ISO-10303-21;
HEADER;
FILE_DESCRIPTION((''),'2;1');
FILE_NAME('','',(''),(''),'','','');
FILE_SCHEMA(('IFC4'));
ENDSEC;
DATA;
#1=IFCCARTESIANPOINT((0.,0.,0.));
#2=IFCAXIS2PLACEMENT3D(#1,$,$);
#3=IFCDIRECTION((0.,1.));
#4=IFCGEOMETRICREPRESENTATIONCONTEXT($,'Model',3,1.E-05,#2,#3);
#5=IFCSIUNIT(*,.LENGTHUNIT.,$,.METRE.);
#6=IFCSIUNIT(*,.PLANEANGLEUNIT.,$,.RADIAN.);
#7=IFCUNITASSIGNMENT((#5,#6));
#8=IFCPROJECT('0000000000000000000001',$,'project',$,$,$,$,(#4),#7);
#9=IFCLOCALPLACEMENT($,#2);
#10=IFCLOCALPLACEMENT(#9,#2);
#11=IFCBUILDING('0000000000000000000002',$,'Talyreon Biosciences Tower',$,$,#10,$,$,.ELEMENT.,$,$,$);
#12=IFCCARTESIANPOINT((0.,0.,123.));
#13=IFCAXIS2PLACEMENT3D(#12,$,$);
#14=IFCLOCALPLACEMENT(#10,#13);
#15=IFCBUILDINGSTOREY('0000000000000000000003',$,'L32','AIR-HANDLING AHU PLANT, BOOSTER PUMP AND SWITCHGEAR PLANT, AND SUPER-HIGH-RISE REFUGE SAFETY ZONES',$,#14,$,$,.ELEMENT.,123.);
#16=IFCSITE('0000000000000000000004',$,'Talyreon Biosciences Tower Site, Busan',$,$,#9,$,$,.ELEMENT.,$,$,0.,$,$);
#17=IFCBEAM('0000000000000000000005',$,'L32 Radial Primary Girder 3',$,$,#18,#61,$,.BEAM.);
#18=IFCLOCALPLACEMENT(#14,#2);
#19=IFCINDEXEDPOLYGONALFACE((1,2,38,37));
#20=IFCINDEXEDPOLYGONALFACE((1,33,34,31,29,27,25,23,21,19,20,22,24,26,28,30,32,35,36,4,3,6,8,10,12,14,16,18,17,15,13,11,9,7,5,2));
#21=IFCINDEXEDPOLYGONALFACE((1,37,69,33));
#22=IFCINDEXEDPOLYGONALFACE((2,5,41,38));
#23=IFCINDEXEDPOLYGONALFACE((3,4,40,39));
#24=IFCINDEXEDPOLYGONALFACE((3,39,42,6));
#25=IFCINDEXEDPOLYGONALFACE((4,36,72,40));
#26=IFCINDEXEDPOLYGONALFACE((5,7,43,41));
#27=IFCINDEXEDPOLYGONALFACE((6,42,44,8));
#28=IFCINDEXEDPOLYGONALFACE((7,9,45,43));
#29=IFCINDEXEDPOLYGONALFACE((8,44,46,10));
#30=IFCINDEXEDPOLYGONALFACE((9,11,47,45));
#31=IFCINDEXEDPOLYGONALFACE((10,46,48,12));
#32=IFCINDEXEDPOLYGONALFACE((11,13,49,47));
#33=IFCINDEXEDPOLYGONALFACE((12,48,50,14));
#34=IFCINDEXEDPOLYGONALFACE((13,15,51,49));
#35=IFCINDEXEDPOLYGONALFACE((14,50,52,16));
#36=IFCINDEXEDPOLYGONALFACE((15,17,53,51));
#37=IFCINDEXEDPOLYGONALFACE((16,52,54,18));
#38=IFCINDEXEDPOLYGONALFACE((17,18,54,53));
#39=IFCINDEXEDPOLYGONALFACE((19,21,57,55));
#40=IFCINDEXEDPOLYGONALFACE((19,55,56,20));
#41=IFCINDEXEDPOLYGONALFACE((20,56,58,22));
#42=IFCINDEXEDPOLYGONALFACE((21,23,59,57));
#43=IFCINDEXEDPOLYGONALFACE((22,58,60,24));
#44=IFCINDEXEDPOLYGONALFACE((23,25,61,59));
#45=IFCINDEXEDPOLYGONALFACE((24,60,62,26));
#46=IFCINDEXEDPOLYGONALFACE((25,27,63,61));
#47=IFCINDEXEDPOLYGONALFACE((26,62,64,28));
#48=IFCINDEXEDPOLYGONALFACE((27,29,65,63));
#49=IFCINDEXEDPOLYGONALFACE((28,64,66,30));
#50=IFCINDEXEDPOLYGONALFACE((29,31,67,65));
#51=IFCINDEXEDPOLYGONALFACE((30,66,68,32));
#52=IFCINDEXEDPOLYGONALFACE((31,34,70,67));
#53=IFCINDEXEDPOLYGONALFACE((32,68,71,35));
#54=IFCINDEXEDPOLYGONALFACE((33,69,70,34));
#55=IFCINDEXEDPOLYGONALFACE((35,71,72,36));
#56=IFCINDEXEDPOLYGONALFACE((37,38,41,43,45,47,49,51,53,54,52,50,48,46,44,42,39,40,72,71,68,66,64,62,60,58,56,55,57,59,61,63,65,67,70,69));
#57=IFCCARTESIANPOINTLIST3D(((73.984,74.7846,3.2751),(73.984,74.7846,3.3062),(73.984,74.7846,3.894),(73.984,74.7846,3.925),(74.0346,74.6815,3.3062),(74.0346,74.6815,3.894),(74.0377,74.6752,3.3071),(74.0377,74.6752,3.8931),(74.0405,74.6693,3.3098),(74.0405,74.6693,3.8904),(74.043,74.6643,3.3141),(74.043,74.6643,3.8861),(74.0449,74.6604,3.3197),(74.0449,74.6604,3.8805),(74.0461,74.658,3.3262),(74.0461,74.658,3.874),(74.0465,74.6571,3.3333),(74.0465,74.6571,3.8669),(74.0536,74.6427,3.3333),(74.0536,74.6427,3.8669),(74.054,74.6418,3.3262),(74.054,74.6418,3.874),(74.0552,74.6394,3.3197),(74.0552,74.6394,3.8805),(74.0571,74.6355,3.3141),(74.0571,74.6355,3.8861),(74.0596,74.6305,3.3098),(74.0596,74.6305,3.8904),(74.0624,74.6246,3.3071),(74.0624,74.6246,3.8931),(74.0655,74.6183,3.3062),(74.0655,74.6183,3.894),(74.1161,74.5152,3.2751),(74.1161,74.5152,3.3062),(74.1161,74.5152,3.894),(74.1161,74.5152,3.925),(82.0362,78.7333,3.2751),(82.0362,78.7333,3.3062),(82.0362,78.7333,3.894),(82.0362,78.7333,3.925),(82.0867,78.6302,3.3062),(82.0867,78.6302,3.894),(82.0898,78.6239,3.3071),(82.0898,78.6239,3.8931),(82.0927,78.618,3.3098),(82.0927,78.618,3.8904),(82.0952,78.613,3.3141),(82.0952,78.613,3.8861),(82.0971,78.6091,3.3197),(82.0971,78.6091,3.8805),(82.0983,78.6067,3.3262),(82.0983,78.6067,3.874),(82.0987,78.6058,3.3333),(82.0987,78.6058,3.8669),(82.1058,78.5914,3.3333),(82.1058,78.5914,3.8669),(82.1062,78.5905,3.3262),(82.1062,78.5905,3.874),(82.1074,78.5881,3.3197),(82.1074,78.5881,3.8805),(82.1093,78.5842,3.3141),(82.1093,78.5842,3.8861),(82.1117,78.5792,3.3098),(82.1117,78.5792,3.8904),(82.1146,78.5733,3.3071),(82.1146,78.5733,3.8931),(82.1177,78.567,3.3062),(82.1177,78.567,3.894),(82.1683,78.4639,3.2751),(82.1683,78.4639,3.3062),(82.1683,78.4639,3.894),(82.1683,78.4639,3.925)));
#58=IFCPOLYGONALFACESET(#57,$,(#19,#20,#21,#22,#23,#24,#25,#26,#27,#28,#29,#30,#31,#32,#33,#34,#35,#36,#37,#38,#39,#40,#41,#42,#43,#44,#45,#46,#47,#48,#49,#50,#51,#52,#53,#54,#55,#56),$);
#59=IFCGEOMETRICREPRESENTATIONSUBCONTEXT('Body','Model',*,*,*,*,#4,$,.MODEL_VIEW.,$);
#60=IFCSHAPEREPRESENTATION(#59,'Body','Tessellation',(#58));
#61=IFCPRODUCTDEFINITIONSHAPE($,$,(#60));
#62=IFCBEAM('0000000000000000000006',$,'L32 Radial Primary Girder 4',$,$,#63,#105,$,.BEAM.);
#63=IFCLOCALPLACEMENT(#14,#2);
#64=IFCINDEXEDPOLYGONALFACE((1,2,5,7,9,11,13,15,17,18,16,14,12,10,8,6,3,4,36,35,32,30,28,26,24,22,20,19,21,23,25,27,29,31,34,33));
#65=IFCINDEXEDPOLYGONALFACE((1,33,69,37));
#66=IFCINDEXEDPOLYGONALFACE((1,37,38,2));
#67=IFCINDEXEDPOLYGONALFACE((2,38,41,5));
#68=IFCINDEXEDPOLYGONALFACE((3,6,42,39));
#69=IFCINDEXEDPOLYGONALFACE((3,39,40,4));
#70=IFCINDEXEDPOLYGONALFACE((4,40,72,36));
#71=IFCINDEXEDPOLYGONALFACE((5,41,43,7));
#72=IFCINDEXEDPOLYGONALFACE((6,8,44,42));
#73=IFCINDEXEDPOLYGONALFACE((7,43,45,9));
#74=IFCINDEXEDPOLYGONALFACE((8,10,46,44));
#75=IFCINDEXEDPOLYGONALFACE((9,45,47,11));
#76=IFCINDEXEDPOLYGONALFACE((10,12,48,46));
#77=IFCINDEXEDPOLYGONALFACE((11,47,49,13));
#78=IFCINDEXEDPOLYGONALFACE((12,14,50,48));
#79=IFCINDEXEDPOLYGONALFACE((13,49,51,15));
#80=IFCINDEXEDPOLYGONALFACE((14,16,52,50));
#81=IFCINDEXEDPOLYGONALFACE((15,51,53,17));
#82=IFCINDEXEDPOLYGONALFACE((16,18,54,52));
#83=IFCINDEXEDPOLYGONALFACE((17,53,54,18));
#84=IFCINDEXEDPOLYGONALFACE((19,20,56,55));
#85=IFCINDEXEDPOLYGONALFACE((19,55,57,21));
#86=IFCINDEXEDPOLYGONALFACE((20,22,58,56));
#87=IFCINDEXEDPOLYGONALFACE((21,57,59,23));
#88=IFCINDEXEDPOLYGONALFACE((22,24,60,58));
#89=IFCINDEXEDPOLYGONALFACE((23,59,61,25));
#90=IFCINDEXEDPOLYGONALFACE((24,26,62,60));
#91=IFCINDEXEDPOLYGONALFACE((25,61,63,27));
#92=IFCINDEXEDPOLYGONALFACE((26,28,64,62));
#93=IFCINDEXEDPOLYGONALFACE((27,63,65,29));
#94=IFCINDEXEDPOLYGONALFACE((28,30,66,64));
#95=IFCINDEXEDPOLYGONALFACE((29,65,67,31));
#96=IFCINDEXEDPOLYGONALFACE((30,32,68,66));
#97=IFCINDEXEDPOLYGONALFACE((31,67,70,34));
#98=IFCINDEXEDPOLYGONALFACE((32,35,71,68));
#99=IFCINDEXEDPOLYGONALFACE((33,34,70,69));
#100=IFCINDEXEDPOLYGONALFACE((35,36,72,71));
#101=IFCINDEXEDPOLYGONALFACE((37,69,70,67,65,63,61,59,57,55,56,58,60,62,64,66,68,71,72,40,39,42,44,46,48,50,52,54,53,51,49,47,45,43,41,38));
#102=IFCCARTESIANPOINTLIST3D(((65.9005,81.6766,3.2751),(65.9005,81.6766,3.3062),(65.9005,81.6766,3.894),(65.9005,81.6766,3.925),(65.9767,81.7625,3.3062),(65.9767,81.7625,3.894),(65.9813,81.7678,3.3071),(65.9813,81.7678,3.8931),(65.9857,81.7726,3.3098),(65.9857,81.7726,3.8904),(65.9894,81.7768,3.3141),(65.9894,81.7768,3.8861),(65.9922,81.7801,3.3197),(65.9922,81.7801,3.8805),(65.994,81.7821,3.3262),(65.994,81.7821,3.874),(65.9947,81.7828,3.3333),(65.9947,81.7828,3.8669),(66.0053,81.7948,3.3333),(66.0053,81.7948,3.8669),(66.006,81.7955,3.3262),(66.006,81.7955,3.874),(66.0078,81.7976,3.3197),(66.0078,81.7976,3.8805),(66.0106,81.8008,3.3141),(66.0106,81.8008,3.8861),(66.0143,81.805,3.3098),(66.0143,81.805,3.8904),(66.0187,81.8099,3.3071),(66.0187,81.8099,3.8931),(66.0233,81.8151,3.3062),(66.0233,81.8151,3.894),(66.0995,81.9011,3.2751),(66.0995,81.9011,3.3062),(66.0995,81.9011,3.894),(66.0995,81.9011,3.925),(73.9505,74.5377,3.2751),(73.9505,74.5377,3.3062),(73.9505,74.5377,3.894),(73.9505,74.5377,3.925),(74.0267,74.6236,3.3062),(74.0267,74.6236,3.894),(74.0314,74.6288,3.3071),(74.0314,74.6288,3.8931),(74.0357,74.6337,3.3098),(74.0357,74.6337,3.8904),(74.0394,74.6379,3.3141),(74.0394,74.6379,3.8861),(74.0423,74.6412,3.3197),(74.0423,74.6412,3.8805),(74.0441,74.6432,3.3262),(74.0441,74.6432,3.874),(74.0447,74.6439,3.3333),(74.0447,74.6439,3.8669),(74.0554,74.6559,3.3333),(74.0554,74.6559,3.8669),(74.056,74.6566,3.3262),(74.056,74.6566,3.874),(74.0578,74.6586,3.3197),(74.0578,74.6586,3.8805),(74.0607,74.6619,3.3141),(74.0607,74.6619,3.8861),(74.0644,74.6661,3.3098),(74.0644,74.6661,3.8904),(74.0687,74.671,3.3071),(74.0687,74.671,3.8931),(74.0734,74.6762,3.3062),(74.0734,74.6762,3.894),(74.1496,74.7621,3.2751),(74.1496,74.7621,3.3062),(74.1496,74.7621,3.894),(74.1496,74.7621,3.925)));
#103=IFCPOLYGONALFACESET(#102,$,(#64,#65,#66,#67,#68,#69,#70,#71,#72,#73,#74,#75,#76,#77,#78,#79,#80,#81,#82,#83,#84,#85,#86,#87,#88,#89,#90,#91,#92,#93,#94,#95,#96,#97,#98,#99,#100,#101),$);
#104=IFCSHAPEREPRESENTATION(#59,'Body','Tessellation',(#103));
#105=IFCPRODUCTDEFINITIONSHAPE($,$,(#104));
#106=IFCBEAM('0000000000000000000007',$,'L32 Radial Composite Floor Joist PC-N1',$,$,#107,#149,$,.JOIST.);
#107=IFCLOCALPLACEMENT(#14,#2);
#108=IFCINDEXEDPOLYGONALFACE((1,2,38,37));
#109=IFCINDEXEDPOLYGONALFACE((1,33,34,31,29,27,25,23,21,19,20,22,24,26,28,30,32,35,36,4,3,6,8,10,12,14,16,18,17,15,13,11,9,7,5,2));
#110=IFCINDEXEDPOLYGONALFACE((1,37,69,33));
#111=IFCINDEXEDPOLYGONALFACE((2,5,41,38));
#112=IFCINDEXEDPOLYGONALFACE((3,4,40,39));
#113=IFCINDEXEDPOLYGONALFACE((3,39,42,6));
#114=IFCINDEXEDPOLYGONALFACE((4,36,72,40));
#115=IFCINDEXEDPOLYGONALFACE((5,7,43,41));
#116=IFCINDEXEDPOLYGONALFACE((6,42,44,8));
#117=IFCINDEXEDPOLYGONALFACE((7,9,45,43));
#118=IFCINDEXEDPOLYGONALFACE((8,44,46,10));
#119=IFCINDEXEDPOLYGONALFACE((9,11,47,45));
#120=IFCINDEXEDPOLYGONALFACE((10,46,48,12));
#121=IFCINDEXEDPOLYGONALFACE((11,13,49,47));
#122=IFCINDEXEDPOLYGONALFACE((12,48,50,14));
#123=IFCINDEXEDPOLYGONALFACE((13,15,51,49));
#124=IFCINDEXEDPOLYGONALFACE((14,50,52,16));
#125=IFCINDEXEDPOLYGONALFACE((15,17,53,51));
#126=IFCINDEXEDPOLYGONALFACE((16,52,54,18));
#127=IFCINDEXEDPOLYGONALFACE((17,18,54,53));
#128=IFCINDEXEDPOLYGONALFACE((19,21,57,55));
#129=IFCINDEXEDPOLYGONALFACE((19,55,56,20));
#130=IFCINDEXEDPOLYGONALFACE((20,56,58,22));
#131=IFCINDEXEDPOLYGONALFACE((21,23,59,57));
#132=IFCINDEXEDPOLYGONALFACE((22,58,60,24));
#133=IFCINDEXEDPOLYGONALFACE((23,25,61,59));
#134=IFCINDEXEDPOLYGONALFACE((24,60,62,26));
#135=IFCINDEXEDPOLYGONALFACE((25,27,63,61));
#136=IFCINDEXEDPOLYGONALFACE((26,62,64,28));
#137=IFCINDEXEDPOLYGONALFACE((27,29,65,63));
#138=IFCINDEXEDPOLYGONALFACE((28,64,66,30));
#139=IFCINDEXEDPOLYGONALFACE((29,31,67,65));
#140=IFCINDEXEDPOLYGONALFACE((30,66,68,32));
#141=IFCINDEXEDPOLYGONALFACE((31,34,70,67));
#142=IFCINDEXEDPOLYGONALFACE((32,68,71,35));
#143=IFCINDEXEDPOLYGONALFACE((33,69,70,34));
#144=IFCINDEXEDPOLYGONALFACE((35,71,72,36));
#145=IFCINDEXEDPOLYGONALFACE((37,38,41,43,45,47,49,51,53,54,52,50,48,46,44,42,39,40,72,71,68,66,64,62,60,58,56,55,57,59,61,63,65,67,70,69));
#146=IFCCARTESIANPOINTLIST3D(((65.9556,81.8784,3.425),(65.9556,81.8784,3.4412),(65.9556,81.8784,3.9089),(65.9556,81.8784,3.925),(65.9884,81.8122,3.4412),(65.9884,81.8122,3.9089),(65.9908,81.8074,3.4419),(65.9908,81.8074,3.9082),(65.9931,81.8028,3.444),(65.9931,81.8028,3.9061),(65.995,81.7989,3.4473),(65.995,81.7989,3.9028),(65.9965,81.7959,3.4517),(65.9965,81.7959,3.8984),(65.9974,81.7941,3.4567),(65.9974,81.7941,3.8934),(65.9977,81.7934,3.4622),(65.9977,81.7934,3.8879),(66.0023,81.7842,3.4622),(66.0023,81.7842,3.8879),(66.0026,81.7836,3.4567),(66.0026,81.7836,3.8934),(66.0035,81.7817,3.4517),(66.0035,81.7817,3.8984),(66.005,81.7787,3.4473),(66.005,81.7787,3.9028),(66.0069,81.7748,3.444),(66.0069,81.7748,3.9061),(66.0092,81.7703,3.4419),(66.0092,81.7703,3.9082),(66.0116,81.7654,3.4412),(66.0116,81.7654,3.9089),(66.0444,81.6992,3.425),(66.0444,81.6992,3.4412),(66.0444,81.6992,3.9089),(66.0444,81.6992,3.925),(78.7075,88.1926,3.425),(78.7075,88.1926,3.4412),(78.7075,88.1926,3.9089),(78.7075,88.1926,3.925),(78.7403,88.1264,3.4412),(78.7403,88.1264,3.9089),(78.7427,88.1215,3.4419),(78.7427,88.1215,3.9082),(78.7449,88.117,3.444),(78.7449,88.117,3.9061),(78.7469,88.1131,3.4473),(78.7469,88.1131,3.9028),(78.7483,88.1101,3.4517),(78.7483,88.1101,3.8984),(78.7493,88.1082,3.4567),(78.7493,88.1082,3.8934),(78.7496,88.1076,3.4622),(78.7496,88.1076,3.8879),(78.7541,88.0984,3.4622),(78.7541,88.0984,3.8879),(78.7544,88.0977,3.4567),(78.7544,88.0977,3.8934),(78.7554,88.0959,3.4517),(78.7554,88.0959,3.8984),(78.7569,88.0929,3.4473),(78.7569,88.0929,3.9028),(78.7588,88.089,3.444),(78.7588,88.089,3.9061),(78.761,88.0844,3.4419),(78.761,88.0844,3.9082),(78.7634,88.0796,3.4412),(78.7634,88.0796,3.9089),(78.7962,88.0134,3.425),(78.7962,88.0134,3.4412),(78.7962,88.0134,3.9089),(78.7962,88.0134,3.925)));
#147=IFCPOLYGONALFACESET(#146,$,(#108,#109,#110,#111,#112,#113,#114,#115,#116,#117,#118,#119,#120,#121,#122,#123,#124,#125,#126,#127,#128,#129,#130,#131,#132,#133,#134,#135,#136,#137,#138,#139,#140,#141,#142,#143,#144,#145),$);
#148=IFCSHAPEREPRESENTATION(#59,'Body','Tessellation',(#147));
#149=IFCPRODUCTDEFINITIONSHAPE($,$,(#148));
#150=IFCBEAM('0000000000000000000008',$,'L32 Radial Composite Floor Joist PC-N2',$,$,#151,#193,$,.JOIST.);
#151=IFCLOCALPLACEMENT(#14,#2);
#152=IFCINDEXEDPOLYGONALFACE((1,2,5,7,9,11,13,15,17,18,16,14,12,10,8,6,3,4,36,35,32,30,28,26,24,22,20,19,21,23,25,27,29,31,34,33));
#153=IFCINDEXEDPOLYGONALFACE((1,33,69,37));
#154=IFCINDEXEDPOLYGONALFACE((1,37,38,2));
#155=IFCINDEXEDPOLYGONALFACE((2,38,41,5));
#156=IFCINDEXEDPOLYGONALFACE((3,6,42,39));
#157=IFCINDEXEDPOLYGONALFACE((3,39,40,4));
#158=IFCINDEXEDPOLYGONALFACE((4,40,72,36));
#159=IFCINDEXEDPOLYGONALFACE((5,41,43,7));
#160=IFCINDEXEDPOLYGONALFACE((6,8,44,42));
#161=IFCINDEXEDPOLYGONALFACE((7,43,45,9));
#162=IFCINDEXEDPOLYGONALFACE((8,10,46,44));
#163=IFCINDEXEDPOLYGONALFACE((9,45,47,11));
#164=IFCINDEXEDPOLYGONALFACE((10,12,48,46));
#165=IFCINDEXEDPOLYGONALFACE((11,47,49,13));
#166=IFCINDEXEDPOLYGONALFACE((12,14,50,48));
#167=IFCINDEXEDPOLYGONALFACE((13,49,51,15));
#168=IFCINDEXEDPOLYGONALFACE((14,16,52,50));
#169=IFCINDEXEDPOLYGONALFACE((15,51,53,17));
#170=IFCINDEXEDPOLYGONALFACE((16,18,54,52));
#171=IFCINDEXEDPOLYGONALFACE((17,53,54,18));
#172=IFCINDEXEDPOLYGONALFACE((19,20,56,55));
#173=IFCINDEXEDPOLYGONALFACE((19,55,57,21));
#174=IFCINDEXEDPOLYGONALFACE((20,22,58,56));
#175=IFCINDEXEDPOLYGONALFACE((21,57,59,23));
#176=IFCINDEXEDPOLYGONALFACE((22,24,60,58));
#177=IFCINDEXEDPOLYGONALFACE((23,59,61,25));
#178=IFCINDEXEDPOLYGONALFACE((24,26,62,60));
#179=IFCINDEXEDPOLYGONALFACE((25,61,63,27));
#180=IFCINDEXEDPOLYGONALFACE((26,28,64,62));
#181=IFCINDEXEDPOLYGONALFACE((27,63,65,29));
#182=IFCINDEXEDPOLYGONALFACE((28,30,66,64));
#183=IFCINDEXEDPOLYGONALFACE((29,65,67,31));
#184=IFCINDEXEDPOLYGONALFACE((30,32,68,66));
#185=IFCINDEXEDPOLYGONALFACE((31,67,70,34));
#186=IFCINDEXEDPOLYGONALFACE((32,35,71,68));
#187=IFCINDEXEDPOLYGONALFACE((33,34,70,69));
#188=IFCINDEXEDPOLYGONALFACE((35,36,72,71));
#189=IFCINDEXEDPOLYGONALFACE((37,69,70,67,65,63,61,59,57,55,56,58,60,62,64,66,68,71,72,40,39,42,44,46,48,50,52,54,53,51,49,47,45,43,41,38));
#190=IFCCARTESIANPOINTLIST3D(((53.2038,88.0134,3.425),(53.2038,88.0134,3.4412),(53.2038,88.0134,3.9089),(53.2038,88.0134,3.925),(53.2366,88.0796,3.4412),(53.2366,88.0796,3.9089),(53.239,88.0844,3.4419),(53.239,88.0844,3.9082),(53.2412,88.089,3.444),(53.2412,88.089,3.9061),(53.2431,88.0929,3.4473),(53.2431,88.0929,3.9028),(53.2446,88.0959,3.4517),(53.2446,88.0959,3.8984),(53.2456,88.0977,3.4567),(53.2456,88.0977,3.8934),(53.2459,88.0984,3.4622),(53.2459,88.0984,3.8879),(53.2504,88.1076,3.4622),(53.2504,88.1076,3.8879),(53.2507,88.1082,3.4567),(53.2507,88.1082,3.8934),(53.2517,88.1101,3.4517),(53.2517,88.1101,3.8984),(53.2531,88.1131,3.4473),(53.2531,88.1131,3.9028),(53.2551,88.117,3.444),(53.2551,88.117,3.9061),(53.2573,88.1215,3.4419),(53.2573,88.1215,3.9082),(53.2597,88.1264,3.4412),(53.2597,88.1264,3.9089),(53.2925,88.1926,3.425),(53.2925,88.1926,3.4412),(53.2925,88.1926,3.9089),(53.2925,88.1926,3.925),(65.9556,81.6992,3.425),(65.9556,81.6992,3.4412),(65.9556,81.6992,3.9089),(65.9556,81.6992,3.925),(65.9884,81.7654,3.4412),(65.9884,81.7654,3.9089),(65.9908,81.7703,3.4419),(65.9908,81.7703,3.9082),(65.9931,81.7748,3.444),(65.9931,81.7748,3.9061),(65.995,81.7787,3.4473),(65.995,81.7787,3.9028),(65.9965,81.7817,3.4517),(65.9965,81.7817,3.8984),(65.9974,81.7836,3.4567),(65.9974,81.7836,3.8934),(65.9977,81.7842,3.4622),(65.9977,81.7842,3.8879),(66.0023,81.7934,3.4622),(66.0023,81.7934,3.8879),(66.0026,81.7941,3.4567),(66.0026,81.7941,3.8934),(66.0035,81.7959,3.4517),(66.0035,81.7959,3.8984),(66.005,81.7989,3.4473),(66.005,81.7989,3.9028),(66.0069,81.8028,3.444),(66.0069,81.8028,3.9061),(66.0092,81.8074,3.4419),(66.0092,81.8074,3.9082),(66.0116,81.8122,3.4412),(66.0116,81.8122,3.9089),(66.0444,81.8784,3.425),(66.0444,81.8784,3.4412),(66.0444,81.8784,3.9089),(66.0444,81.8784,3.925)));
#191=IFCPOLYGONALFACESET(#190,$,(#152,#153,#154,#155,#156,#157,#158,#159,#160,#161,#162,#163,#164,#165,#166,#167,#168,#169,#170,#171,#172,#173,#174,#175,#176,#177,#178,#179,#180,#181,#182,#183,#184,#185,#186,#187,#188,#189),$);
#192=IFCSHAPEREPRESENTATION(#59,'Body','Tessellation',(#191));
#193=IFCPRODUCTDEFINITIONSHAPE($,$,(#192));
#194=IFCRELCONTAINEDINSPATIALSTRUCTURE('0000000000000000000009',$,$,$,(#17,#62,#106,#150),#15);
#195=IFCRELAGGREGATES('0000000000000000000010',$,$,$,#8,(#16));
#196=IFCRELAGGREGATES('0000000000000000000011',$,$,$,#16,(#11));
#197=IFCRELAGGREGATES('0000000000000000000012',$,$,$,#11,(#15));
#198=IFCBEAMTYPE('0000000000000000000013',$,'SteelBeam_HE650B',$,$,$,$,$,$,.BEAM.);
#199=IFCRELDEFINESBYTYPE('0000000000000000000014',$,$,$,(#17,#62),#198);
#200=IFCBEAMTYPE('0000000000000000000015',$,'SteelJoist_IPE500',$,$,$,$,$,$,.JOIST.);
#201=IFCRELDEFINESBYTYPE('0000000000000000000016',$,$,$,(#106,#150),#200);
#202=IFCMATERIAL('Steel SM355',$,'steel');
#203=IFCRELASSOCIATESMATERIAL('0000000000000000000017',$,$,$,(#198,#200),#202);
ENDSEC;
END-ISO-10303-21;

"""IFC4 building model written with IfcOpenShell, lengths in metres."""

from ifc_helpers import new_model, si_unit, direction, frame, origin, origin_2d, place, context, subcontext, project, spatial, i_section, extrude, material, material_profile, profile_set, type_object, element, save


model = new_model("IFC4")

# Units and contexts
model_context = context("Model", 3, precision=1e-05, world=origin(), true_north=direction((0.0, 1.0)))
body_context = subcontext(model_context, "Body", "Model", "MODEL_VIEW")
ifc_project = project(units=[si_unit("LENGTHUNIT", "METRE"), si_unit("PLANEANGLEUNIT", "RADIAN")], contexts=[model_context])

# Site, building, storey
site_placement = place(None, origin())
site = spatial("IfcSite", under=ifc_project, at=site_placement, Name="Talyreon Biosciences Tower Site, Busan", CompositionType="ELEMENT", RefElevation=0.0)
building_placement = place(site_placement, origin())
building = spatial("IfcBuilding", under=site, at=building_placement, Name="Talyreon Biosciences Tower", CompositionType="ELEMENT")
storey_placement = place(building_placement, frame((0.0, 0.0, 123.0)))
storey = spatial("IfcBuildingStorey", under=building, at=storey_placement, Name="L32", Description="AIR-HANDLING AHU PLANT, BOOSTER PUMP AND SWITCHGEAR PLANT, AND SUPER-HIGH-RISE REFUGE SAFETY ZONES", CompositionType="ELEMENT", Elevation=123.0)

# Shared definitions
ifc_material_1 = material(Name="Steel SM355", Category="steel")

# Beams
ifc_material_profile_1 = material_profile(ifc_material_1, i_section(OverallWidth=0.3, OverallDepth=0.6499, WebThickness=0.0161, FlangeThickness=0.031, FilletRadius=0.0271, at=origin_2d()), Name="HE650B")
ifc_profile_set_1 = profile_set([ifc_material_profile_1], Name="Steel SM355")
beam_type_1 = type_object("IfcBeamType", Name="SteelBeam_HE650B", PredefinedType="BEAM", material=ifc_profile_set_1)
beam_1_placement = place(storey_placement, frame((74.05, 74.6499, 3.6001), z_axis=(0.897852, 0.440297, 0.0), x_axis=(-0.440297, 0.897852, 0.0)))
element("IfcBeam", 1, at=beam_1_placement, inside=storey, type_object=beam_type_1, Name="L32 Radial Primary Girder 3", PredefinedType="BEAM", context=body_context, shape_type="SweptSolid", body=[
    extrude(i_section(OverallWidth=0.3, OverallDepth=0.6499, WebThickness=0.0161, FlangeThickness=0.031, FilletRadius=0.0271, at=origin_2d()), origin(), (0.0, 0.0, 1.0), 8.9683),
])
beam_2_placement = place(storey_placement, frame((74.05, 74.6499, 3.6001), z_axis=(-0.748179, 0.663497, 0.0), x_axis=(-0.663497, -0.748179, 0.0)))
element("IfcBeam", 2, at=beam_2_placement, inside=storey, type_object=beam_type_1, Name="L32 Radial Primary Girder 4", PredefinedType="BEAM", context=body_context, shape_type="SweptSolid", body=[
    extrude(i_section(OverallWidth=0.3, OverallDepth=0.6499, WebThickness=0.0161, FlangeThickness=0.031, FilletRadius=0.0271, at=origin_2d()), origin(), (0.0, 0.0, 1.0), 10.7595),
])
ifc_material_profile_2 = material_profile(ifc_material_1, i_section(OverallWidth=0.2, OverallDepth=0.5, WebThickness=0.0103, FlangeThickness=0.0161, FilletRadius=0.021, at=origin_2d()), Name="IPE500")
ifc_profile_set_2 = profile_set([ifc_material_profile_2], Name="Steel SM355")
beam_type_2 = type_object("IfcBeamType", Name="SteelJoist_IPE500", PredefinedType="JOIST", material=ifc_profile_set_2)
for number, where, z_axis, x_axis, name in (
    (3, (66.0, 81.7888, 3.675), (0.896157, 0.443738, 0.0), (-0.443738, 0.896157, 0.0), "L32 Radial Composite Floor Joist PC-N1"),
    (4, (66.0, 81.7888, 3.675), (-0.896157, 0.443738, 0.0), (-0.443738, -0.896157, 0.0), "L32 Radial Composite Floor Joist PC-N2"),
):
    element("IfcBeam", number, at=place(storey_placement, frame(where, z_axis=z_axis, x_axis=x_axis)), inside=storey, type_object=beam_type_2, Name=name, PredefinedType="JOIST", context=body_context, shape_type="SweptSolid", body=[
        extrude(i_section(OverallWidth=0.2, OverallDepth=0.5, WebThickness=0.0103, FlangeThickness=0.0161, FilletRadius=0.021, at=origin_2d()), origin(), (0.0, 0.0, 1.0), 14.2295),
    ])

save(model, "model.ifc")
